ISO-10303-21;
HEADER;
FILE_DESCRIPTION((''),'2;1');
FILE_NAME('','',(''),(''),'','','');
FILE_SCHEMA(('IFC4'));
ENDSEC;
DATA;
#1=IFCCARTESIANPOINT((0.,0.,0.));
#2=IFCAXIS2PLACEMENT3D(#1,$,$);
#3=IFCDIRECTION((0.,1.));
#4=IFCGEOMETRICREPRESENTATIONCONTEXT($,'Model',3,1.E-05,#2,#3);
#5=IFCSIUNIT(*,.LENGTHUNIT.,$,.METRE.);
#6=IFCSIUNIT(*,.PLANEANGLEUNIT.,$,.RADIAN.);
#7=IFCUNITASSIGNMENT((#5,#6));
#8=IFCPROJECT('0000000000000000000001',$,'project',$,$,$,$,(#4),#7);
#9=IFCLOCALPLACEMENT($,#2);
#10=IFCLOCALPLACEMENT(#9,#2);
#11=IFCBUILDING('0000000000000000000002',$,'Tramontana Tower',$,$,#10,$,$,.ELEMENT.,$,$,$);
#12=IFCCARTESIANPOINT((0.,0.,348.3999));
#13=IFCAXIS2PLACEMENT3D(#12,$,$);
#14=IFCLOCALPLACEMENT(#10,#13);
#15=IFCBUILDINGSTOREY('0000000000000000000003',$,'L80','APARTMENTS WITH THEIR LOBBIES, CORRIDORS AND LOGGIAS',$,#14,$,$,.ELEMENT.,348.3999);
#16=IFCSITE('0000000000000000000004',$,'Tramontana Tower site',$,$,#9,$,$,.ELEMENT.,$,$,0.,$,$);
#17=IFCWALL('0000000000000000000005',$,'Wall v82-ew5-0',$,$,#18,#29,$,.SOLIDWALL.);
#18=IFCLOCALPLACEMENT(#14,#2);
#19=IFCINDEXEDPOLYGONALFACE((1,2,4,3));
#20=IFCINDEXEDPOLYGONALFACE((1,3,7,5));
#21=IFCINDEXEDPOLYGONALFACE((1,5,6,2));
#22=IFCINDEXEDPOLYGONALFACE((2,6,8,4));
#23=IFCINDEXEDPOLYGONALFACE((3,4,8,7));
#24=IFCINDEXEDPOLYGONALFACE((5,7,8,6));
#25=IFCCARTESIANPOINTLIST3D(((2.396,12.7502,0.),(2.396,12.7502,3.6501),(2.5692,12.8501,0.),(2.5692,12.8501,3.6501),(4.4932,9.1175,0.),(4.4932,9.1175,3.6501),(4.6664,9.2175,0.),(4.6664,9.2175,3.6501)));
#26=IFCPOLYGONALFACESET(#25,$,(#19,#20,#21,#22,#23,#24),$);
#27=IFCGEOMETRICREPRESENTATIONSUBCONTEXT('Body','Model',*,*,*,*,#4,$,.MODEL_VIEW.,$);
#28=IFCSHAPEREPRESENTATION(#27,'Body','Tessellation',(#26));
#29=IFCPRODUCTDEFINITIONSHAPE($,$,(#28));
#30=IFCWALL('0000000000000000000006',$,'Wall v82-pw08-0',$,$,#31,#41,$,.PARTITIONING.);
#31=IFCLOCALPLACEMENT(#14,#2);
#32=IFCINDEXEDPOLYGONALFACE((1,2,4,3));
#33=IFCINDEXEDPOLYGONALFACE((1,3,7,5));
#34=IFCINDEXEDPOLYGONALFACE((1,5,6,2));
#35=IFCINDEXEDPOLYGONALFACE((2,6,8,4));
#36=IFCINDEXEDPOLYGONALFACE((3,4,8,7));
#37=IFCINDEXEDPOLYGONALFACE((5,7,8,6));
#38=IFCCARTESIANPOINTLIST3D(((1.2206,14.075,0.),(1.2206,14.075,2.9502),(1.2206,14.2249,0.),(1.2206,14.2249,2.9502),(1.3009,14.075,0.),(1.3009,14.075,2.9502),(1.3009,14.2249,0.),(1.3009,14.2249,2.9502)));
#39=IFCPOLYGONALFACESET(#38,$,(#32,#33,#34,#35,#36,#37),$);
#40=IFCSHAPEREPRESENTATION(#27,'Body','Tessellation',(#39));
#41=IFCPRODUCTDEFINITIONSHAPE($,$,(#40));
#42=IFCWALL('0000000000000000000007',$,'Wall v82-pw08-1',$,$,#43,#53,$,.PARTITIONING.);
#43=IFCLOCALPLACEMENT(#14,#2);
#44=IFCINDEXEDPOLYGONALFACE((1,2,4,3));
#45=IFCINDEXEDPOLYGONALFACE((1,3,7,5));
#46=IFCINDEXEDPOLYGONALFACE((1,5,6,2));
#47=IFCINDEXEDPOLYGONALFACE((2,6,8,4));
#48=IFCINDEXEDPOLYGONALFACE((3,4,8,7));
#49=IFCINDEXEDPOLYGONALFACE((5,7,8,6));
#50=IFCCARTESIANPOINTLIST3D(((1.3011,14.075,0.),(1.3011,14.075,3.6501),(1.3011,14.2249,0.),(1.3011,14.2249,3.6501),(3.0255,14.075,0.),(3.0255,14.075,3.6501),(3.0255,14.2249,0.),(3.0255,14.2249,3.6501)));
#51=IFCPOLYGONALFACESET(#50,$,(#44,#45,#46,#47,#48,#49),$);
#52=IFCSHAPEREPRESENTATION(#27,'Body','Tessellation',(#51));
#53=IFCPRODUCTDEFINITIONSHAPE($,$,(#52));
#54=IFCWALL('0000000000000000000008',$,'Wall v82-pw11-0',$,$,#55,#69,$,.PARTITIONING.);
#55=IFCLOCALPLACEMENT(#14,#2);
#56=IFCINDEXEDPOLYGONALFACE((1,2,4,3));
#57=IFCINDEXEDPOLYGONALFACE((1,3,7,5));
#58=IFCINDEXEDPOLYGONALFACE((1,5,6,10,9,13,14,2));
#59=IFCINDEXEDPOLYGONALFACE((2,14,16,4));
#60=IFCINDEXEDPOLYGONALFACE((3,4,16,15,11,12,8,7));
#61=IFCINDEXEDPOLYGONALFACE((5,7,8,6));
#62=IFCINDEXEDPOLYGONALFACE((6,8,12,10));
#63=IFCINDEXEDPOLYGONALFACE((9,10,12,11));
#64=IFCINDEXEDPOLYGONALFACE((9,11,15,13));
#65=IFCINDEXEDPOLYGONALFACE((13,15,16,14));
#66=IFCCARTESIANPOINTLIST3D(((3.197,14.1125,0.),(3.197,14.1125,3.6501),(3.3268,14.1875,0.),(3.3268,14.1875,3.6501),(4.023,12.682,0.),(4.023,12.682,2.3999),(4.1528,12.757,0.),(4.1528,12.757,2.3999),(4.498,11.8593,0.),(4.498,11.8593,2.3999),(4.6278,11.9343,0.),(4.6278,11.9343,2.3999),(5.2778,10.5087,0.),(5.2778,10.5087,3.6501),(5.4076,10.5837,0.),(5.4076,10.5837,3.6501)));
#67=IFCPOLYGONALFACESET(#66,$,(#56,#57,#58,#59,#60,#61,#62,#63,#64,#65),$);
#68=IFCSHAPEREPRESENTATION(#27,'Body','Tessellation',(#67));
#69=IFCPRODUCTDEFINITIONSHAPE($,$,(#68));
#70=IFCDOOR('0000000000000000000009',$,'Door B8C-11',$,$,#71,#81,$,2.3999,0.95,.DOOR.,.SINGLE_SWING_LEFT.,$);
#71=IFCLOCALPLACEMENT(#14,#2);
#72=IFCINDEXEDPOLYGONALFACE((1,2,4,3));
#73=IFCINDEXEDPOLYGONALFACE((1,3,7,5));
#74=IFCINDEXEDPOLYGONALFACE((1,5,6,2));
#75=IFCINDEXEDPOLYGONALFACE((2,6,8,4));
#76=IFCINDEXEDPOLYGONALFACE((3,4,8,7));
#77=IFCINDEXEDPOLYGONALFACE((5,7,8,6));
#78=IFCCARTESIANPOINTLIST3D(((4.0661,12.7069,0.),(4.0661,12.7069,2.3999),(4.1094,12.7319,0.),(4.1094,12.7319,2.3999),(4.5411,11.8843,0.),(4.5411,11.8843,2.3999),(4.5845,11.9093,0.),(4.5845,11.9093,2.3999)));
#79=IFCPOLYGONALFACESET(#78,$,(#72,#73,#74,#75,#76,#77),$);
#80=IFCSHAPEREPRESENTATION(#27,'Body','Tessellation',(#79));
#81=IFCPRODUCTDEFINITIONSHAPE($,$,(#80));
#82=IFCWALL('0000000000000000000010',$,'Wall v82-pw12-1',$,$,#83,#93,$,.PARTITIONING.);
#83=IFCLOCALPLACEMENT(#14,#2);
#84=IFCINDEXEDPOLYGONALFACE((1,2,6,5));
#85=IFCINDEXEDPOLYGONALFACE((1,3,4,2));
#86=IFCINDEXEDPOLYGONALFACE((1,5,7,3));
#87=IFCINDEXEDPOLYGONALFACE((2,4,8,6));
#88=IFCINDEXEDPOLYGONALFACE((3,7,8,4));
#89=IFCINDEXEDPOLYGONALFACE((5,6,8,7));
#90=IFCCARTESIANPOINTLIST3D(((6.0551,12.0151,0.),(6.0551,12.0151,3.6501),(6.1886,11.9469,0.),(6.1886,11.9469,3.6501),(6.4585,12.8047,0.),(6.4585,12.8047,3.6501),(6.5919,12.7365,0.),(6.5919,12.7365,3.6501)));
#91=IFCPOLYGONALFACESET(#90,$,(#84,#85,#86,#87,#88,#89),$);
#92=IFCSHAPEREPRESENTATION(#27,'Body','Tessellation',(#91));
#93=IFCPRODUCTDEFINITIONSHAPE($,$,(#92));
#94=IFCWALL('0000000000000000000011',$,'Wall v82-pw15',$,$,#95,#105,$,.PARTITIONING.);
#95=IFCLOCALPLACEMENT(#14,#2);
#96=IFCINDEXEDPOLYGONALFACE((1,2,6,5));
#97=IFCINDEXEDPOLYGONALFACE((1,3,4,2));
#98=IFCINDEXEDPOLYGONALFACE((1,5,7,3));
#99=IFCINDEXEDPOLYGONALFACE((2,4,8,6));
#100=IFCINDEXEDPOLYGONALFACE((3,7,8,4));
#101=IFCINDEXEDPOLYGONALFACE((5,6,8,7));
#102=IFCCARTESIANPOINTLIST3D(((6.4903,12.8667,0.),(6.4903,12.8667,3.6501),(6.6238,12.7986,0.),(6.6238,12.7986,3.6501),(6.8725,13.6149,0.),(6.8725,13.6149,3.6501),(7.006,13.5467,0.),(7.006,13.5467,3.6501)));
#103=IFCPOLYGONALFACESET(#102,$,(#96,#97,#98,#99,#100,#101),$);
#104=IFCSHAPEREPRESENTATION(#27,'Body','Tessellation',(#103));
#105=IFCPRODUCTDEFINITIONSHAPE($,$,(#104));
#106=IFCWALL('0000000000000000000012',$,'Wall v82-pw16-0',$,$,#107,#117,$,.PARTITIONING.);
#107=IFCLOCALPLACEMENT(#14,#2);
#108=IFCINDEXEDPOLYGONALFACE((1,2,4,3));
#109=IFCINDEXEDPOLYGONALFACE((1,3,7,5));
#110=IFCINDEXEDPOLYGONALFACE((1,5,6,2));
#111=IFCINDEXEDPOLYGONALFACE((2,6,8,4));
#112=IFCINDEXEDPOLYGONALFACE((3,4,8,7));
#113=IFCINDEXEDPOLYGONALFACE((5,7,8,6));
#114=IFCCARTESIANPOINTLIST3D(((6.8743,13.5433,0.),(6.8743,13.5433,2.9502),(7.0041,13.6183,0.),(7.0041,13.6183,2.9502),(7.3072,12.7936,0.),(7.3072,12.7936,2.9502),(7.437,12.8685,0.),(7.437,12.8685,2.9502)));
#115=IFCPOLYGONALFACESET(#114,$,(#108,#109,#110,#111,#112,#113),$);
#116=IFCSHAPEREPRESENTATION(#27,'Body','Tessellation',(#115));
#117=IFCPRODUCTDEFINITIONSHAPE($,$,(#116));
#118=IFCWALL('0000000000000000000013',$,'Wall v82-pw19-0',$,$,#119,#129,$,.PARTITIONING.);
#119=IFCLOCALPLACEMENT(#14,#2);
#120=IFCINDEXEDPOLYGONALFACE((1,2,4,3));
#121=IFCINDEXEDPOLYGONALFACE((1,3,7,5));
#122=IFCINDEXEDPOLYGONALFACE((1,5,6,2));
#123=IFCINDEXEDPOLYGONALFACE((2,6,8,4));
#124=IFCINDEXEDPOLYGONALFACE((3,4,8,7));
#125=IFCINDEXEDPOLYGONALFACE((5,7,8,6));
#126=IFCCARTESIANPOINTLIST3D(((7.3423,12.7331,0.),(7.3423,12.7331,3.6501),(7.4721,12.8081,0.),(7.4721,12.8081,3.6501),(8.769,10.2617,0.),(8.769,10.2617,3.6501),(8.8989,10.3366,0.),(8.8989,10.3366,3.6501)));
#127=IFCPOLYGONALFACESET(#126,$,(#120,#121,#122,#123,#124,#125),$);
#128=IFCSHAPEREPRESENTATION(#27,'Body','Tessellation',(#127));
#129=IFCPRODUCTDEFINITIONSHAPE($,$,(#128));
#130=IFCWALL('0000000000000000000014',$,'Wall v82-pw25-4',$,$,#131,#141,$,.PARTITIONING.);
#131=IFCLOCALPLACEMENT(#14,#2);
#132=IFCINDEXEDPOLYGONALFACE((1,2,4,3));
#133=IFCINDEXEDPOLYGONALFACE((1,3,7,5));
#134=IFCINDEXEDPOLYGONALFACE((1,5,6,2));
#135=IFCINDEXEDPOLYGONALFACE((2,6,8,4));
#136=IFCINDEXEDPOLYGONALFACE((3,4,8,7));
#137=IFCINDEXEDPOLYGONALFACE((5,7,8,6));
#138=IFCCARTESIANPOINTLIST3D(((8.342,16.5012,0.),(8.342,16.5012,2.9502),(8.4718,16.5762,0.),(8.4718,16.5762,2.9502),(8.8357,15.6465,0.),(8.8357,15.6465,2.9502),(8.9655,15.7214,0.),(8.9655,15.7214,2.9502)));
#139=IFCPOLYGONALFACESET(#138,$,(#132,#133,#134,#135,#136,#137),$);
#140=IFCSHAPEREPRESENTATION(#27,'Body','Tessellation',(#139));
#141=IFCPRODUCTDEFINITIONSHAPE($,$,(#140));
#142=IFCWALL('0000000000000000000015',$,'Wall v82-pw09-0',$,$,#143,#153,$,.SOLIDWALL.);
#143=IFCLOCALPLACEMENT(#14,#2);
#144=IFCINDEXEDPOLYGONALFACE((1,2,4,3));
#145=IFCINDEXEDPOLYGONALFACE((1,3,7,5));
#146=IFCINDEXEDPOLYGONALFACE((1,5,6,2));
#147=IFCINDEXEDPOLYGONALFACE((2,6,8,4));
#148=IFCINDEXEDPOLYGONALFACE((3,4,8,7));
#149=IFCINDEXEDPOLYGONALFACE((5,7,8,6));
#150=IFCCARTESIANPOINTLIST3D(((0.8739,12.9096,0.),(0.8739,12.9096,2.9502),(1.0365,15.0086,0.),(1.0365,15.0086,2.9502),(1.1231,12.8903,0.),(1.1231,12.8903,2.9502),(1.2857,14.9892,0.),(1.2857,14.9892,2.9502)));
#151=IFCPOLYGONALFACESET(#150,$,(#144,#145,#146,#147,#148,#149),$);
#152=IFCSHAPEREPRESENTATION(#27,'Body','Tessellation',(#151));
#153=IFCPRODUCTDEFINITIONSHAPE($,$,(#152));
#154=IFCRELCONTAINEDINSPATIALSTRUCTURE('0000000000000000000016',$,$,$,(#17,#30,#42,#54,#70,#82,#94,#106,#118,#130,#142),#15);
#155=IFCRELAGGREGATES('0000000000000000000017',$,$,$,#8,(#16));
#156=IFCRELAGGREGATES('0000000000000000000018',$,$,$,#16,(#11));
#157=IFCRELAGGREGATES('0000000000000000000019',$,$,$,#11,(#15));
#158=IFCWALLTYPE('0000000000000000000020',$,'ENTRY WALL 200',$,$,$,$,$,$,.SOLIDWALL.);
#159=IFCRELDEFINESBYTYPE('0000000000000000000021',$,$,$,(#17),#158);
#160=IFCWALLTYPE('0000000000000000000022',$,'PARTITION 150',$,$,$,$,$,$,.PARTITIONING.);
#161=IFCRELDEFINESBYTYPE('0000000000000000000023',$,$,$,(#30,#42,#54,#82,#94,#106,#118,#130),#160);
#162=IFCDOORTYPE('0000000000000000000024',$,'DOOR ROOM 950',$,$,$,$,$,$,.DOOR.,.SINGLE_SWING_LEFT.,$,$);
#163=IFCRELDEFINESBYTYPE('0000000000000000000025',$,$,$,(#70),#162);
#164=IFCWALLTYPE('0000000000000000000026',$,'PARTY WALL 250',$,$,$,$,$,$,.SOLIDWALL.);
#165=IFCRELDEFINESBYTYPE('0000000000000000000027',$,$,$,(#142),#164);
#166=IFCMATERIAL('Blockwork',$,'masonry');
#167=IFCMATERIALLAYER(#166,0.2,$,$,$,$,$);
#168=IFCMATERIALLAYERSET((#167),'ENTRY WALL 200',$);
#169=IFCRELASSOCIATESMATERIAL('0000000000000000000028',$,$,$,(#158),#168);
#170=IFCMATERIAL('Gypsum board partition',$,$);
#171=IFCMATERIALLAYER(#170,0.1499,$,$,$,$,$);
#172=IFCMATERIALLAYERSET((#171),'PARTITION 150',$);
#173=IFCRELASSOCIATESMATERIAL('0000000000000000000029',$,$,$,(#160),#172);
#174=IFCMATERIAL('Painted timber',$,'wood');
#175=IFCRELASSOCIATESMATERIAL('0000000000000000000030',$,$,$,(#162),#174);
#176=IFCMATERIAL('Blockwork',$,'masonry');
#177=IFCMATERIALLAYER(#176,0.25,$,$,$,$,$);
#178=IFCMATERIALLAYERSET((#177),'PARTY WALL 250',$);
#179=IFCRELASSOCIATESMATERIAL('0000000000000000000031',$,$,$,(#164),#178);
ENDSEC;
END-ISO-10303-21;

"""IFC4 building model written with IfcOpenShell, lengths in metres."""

from ifc_helpers import new_model, si_unit, direction, frame, frame_2d, origin, place, context, subcontext, project, spatial, rectangle, extrude, material, layer, layer_set, type_object, element, fill, save


model = new_model("IFC4")

# Units and contexts
model_context = context("Model", 3, precision=1e-05, world=origin(), true_north=direction((0.0, 1.0)))
body_context = subcontext(model_context, "Body", "Model", "MODEL_VIEW")
ifc_project = project(units=[si_unit("LENGTHUNIT", "METRE"), si_unit("PLANEANGLEUNIT", "RADIAN")], contexts=[model_context])

# Site, building, storey
site_placement = place(None, origin())
site = spatial("IfcSite", under=ifc_project, at=site_placement, Name="Tramontana Tower site", CompositionType="ELEMENT", RefElevation=0.0)
building_placement = place(site_placement, origin())
building = spatial("IfcBuilding", under=site, at=building_placement, Name="Tramontana Tower", CompositionType="ELEMENT")
storey_placement = place(building_placement, frame((0.0, 0.0, 348.3999)))
storey = spatial("IfcBuildingStorey", under=building, at=storey_placement, Name="L80", Description="APARTMENTS WITH THEIR LOBBIES, CORRIDORS AND LOGGIAS", CompositionType="ELEMENT", Elevation=348.3999)

# Walls
ifc_material_1 = material(Name="Blockwork", Category="masonry")
ifc_layer_1 = layer(ifc_material_1, 0.2)
ifc_layer_set_1 = layer_set([ifc_layer_1], Name="ENTRY WALL 200")
wall_type_1 = type_object("IfcWallType", Name="ENTRY WALL 200", PredefinedType="SOLIDWALL", material=ifc_layer_set_1)
wall_1_placement = place(storey_placement, frame((2.4827, 12.8, 0.0), z_axis=(0.0, 0.0, 1.0), x_axis=(0.499983, -0.866035, 0.0)))
element("IfcWall", 1, at=wall_1_placement, inside=storey, type_object=wall_type_1, Name="Wall v82-ew5-0", PredefinedType="SOLIDWALL", context=body_context, shape_type="SweptSolid", body=[
    extrude(rectangle(XDim=4.1946, YDim=0.2, at=frame_2d((2.0972, 0.0))), origin(), (0.0, 0.0, 1.0), 3.6501),
])
ifc_material_2 = material(Name="Gypsum board partition")
ifc_layer_2 = layer(ifc_material_2, 0.1499)
ifc_layer_set_2 = layer_set([ifc_layer_2], Name="PARTITION 150")
wall_type_2 = type_object("IfcWallType", Name="PARTITION 150", PredefinedType="PARTITIONING", material=ifc_layer_set_2)
wall_2_placement = place(storey_placement, frame((1.2207, 14.1499, 0.0), z_axis=(0.0, 0.0, 1.0), x_axis=(1.0, 0.0, 0.0)))
element("IfcWall", 2, at=wall_2_placement, inside=storey, type_object=wall_type_2, Name="Wall v82-pw08-0", PredefinedType="PARTITIONING", context=body_context, shape_type="SweptSolid", body=[
    extrude(rectangle(XDim=0.0803, YDim=0.1499, at=frame_2d((0.04, 0.0))), origin(), (0.0, 0.0, 1.0), 2.9502),
])
wall_3_placement = place(storey_placement, frame((1.301, 14.1499, 0.0), z_axis=(0.0, 0.0, 1.0), x_axis=(1.0, 0.0, 0.0)))
element("IfcWall", 3, at=wall_3_placement, inside=storey, type_object=wall_type_2, Name="Wall v82-pw08-1", PredefinedType="PARTITIONING", context=body_context, shape_type="SweptSolid", body=[
    extrude(rectangle(XDim=1.7244, YDim=0.1499, at=frame_2d((0.8623, 0.0))), origin(), (0.0, 0.0, 1.0), 3.6501),
])

# Wall, opening, door
wall_4_placement = place(storey_placement, frame((3.262, 14.1499, 0.0), z_axis=(0.0, 0.0, 1.0), x_axis=(0.500032, -0.866007, 0.0)))
wall_4 = element("IfcWall", 4, at=wall_4_placement, inside=storey, type_object=wall_type_2, Name="Wall v82-pw11-0", PredefinedType="PARTITIONING", context=body_context, shape_type="SweptSolid", body=[
    extrude(rectangle(XDim=4.1614, YDim=0.1499, at=frame_2d((2.0806, 0.0))), origin(), (0.0, 0.0, 1.0), 3.6501),
])
opening_placement = place(wall_4_placement, frame((1.6516, 0.0, 0.0)))
opening = element("IfcOpeningElement", 5, at=opening_placement, cuts=wall_4, PredefinedType="OPENING", context=body_context, shape_type="SweptSolid", body=[
    extrude(rectangle(XDim=0.95, YDim=2.3999, at=frame_2d((0.4751, 1.2))), frame((0.0, 0.085, 0.0), z_axis=(0.0, -1.0, 0.0), x_axis=(1.0, 0.0, 0.0)), (0.0, 0.0, 1.0), 0.1699),
])
ifc_material_3 = material(Name="Painted timber", Category="wood")
door_type = type_object("IfcDoorType", Name="DOOR ROOM 950", OperationType="SINGLE_SWING_LEFT", PredefinedType="DOOR", material=ifc_material_3)
door_placement = place(opening_placement, origin())
door = element("IfcDoor", 6, at=door_placement, inside=storey, type_object=door_type, Name="Door B8C-11", OperationType="SINGLE_SWING_LEFT", OverallHeight=2.3999, OverallWidth=0.95, PredefinedType="DOOR", context=body_context, shape_type="SweptSolid", body=[
    extrude(rectangle(XDim=0.95, YDim=2.3999, at=frame_2d((0.4751, 1.2))), frame((0.0, 0.0249, 0.0), z_axis=(0.0, -1.0, 0.0), x_axis=(1.0, 0.0, 0.0)), (0.0, 0.0, 1.0), 0.05),
])
fill(opening, door)

# Walls
wall_5_placement = place(storey_placement, frame((6.1218, 11.981, 0.0), z_axis=(0.0, 0.0, 1.0), x_axis=(0.454907, 0.890539, 0.0)))
element("IfcWall", 7, at=wall_5_placement, inside=storey, type_object=wall_type_2, Name="Wall v82-pw12-1", PredefinedType="PARTITIONING", context=body_context, shape_type="SweptSolid", body=[
    extrude(rectangle(XDim=0.8867, YDim=0.1499, at=frame_2d((0.4434, 0.0))), origin(), (0.0, 0.0, 1.0), 3.6501),
])
wall_6_placement = place(storey_placement, frame((6.5571, 12.8328, 0.0), z_axis=(0.0, 0.0, 1.0), x_axis=(0.45487, 0.890558, 0.0)))
element("IfcWall", 8, at=wall_6_placement, inside=storey, type_object=wall_type_2, Name="Wall v82-pw15", PredefinedType="PARTITIONING", context=body_context, shape_type="SweptSolid", body=[
    extrude(rectangle(XDim=0.8401, YDim=0.1499, at=frame_2d((0.4199, 0.0))), origin(), (0.0, 0.0, 1.0), 3.6501),
])
wall_7_placement = place(storey_placement, frame((6.9392, 13.5808, 0.0), z_axis=(0.0, 0.0, 1.0), x_axis=(0.499991, -0.866031, 0.0)))
element("IfcWall", 9, at=wall_7_placement, inside=storey, type_object=wall_type_2, Name="Wall v82-pw16-0", PredefinedType="PARTITIONING", context=body_context, shape_type="SweptSolid", body=[
    extrude(rectangle(XDim=0.8657, YDim=0.1499, at=frame_2d((0.4329, 0.0))), origin(), (0.0, 0.0, 1.0), 2.9502),
])
wall_8_placement = place(storey_placement, frame((7.4072, 12.7705, 0.0), z_axis=(0.0, 0.0, 1.0), x_axis=(0.499967, -0.866045, 0.0)))
element("IfcWall", 10, at=wall_8_placement, inside=storey, type_object=wall_type_2, Name="Wall v82-pw19-0", PredefinedType="PARTITIONING", context=body_context, shape_type="SweptSolid", body=[
    extrude(rectangle(XDim=2.8538, YDim=0.1499, at=frame_2d((1.4268, 0.0))), origin(), (0.0, 0.0, 1.0), 3.6501),
])
wall_9_placement = place(storey_placement, frame((8.9006, 15.6838, 0.0), z_axis=(0.0, 0.0, 1.0), x_axis=(-0.500129, 0.865951, 0.0)))
element("IfcWall", 11, at=wall_9_placement, inside=storey, type_object=wall_type_2, Name="Wall v82-pw25-4", PredefinedType="PARTITIONING", context=body_context, shape_type="SweptSolid", body=[
    extrude(rectangle(XDim=0.9871, YDim=0.1499, at=frame_2d((0.4937, 0.0))), origin(), (0.0, 0.0, 1.0), 2.9502),
])
ifc_material_4 = material(Name="Blockwork", Category="masonry")
ifc_layer_3 = layer(ifc_material_4, 0.25)
ifc_layer_set_3 = layer_set([ifc_layer_3], Name="PARTY WALL 250")
wall_type_3 = type_object("IfcWallType", Name="PARTY WALL 250", PredefinedType="SOLIDWALL", material=ifc_layer_set_3)
wall_10_placement = place(storey_placement, frame((1.1611, 14.999, 0.0), z_axis=(0.0, 0.0, 1.0), x_axis=(-0.077237, -0.997013, 0.0)))
element("IfcWall", 12, at=wall_10_placement, inside=storey, type_object=wall_type_3, Name="Wall v82-pw09-0", PredefinedType="SOLIDWALL", context=body_context, shape_type="SweptSolid", body=[
    extrude(rectangle(XDim=2.1052, YDim=0.25, at=frame_2d((1.0527, 0.0))), origin(), (0.0, 0.0, 1.0), 2.9502),
])

save(model, "model.ifc")
